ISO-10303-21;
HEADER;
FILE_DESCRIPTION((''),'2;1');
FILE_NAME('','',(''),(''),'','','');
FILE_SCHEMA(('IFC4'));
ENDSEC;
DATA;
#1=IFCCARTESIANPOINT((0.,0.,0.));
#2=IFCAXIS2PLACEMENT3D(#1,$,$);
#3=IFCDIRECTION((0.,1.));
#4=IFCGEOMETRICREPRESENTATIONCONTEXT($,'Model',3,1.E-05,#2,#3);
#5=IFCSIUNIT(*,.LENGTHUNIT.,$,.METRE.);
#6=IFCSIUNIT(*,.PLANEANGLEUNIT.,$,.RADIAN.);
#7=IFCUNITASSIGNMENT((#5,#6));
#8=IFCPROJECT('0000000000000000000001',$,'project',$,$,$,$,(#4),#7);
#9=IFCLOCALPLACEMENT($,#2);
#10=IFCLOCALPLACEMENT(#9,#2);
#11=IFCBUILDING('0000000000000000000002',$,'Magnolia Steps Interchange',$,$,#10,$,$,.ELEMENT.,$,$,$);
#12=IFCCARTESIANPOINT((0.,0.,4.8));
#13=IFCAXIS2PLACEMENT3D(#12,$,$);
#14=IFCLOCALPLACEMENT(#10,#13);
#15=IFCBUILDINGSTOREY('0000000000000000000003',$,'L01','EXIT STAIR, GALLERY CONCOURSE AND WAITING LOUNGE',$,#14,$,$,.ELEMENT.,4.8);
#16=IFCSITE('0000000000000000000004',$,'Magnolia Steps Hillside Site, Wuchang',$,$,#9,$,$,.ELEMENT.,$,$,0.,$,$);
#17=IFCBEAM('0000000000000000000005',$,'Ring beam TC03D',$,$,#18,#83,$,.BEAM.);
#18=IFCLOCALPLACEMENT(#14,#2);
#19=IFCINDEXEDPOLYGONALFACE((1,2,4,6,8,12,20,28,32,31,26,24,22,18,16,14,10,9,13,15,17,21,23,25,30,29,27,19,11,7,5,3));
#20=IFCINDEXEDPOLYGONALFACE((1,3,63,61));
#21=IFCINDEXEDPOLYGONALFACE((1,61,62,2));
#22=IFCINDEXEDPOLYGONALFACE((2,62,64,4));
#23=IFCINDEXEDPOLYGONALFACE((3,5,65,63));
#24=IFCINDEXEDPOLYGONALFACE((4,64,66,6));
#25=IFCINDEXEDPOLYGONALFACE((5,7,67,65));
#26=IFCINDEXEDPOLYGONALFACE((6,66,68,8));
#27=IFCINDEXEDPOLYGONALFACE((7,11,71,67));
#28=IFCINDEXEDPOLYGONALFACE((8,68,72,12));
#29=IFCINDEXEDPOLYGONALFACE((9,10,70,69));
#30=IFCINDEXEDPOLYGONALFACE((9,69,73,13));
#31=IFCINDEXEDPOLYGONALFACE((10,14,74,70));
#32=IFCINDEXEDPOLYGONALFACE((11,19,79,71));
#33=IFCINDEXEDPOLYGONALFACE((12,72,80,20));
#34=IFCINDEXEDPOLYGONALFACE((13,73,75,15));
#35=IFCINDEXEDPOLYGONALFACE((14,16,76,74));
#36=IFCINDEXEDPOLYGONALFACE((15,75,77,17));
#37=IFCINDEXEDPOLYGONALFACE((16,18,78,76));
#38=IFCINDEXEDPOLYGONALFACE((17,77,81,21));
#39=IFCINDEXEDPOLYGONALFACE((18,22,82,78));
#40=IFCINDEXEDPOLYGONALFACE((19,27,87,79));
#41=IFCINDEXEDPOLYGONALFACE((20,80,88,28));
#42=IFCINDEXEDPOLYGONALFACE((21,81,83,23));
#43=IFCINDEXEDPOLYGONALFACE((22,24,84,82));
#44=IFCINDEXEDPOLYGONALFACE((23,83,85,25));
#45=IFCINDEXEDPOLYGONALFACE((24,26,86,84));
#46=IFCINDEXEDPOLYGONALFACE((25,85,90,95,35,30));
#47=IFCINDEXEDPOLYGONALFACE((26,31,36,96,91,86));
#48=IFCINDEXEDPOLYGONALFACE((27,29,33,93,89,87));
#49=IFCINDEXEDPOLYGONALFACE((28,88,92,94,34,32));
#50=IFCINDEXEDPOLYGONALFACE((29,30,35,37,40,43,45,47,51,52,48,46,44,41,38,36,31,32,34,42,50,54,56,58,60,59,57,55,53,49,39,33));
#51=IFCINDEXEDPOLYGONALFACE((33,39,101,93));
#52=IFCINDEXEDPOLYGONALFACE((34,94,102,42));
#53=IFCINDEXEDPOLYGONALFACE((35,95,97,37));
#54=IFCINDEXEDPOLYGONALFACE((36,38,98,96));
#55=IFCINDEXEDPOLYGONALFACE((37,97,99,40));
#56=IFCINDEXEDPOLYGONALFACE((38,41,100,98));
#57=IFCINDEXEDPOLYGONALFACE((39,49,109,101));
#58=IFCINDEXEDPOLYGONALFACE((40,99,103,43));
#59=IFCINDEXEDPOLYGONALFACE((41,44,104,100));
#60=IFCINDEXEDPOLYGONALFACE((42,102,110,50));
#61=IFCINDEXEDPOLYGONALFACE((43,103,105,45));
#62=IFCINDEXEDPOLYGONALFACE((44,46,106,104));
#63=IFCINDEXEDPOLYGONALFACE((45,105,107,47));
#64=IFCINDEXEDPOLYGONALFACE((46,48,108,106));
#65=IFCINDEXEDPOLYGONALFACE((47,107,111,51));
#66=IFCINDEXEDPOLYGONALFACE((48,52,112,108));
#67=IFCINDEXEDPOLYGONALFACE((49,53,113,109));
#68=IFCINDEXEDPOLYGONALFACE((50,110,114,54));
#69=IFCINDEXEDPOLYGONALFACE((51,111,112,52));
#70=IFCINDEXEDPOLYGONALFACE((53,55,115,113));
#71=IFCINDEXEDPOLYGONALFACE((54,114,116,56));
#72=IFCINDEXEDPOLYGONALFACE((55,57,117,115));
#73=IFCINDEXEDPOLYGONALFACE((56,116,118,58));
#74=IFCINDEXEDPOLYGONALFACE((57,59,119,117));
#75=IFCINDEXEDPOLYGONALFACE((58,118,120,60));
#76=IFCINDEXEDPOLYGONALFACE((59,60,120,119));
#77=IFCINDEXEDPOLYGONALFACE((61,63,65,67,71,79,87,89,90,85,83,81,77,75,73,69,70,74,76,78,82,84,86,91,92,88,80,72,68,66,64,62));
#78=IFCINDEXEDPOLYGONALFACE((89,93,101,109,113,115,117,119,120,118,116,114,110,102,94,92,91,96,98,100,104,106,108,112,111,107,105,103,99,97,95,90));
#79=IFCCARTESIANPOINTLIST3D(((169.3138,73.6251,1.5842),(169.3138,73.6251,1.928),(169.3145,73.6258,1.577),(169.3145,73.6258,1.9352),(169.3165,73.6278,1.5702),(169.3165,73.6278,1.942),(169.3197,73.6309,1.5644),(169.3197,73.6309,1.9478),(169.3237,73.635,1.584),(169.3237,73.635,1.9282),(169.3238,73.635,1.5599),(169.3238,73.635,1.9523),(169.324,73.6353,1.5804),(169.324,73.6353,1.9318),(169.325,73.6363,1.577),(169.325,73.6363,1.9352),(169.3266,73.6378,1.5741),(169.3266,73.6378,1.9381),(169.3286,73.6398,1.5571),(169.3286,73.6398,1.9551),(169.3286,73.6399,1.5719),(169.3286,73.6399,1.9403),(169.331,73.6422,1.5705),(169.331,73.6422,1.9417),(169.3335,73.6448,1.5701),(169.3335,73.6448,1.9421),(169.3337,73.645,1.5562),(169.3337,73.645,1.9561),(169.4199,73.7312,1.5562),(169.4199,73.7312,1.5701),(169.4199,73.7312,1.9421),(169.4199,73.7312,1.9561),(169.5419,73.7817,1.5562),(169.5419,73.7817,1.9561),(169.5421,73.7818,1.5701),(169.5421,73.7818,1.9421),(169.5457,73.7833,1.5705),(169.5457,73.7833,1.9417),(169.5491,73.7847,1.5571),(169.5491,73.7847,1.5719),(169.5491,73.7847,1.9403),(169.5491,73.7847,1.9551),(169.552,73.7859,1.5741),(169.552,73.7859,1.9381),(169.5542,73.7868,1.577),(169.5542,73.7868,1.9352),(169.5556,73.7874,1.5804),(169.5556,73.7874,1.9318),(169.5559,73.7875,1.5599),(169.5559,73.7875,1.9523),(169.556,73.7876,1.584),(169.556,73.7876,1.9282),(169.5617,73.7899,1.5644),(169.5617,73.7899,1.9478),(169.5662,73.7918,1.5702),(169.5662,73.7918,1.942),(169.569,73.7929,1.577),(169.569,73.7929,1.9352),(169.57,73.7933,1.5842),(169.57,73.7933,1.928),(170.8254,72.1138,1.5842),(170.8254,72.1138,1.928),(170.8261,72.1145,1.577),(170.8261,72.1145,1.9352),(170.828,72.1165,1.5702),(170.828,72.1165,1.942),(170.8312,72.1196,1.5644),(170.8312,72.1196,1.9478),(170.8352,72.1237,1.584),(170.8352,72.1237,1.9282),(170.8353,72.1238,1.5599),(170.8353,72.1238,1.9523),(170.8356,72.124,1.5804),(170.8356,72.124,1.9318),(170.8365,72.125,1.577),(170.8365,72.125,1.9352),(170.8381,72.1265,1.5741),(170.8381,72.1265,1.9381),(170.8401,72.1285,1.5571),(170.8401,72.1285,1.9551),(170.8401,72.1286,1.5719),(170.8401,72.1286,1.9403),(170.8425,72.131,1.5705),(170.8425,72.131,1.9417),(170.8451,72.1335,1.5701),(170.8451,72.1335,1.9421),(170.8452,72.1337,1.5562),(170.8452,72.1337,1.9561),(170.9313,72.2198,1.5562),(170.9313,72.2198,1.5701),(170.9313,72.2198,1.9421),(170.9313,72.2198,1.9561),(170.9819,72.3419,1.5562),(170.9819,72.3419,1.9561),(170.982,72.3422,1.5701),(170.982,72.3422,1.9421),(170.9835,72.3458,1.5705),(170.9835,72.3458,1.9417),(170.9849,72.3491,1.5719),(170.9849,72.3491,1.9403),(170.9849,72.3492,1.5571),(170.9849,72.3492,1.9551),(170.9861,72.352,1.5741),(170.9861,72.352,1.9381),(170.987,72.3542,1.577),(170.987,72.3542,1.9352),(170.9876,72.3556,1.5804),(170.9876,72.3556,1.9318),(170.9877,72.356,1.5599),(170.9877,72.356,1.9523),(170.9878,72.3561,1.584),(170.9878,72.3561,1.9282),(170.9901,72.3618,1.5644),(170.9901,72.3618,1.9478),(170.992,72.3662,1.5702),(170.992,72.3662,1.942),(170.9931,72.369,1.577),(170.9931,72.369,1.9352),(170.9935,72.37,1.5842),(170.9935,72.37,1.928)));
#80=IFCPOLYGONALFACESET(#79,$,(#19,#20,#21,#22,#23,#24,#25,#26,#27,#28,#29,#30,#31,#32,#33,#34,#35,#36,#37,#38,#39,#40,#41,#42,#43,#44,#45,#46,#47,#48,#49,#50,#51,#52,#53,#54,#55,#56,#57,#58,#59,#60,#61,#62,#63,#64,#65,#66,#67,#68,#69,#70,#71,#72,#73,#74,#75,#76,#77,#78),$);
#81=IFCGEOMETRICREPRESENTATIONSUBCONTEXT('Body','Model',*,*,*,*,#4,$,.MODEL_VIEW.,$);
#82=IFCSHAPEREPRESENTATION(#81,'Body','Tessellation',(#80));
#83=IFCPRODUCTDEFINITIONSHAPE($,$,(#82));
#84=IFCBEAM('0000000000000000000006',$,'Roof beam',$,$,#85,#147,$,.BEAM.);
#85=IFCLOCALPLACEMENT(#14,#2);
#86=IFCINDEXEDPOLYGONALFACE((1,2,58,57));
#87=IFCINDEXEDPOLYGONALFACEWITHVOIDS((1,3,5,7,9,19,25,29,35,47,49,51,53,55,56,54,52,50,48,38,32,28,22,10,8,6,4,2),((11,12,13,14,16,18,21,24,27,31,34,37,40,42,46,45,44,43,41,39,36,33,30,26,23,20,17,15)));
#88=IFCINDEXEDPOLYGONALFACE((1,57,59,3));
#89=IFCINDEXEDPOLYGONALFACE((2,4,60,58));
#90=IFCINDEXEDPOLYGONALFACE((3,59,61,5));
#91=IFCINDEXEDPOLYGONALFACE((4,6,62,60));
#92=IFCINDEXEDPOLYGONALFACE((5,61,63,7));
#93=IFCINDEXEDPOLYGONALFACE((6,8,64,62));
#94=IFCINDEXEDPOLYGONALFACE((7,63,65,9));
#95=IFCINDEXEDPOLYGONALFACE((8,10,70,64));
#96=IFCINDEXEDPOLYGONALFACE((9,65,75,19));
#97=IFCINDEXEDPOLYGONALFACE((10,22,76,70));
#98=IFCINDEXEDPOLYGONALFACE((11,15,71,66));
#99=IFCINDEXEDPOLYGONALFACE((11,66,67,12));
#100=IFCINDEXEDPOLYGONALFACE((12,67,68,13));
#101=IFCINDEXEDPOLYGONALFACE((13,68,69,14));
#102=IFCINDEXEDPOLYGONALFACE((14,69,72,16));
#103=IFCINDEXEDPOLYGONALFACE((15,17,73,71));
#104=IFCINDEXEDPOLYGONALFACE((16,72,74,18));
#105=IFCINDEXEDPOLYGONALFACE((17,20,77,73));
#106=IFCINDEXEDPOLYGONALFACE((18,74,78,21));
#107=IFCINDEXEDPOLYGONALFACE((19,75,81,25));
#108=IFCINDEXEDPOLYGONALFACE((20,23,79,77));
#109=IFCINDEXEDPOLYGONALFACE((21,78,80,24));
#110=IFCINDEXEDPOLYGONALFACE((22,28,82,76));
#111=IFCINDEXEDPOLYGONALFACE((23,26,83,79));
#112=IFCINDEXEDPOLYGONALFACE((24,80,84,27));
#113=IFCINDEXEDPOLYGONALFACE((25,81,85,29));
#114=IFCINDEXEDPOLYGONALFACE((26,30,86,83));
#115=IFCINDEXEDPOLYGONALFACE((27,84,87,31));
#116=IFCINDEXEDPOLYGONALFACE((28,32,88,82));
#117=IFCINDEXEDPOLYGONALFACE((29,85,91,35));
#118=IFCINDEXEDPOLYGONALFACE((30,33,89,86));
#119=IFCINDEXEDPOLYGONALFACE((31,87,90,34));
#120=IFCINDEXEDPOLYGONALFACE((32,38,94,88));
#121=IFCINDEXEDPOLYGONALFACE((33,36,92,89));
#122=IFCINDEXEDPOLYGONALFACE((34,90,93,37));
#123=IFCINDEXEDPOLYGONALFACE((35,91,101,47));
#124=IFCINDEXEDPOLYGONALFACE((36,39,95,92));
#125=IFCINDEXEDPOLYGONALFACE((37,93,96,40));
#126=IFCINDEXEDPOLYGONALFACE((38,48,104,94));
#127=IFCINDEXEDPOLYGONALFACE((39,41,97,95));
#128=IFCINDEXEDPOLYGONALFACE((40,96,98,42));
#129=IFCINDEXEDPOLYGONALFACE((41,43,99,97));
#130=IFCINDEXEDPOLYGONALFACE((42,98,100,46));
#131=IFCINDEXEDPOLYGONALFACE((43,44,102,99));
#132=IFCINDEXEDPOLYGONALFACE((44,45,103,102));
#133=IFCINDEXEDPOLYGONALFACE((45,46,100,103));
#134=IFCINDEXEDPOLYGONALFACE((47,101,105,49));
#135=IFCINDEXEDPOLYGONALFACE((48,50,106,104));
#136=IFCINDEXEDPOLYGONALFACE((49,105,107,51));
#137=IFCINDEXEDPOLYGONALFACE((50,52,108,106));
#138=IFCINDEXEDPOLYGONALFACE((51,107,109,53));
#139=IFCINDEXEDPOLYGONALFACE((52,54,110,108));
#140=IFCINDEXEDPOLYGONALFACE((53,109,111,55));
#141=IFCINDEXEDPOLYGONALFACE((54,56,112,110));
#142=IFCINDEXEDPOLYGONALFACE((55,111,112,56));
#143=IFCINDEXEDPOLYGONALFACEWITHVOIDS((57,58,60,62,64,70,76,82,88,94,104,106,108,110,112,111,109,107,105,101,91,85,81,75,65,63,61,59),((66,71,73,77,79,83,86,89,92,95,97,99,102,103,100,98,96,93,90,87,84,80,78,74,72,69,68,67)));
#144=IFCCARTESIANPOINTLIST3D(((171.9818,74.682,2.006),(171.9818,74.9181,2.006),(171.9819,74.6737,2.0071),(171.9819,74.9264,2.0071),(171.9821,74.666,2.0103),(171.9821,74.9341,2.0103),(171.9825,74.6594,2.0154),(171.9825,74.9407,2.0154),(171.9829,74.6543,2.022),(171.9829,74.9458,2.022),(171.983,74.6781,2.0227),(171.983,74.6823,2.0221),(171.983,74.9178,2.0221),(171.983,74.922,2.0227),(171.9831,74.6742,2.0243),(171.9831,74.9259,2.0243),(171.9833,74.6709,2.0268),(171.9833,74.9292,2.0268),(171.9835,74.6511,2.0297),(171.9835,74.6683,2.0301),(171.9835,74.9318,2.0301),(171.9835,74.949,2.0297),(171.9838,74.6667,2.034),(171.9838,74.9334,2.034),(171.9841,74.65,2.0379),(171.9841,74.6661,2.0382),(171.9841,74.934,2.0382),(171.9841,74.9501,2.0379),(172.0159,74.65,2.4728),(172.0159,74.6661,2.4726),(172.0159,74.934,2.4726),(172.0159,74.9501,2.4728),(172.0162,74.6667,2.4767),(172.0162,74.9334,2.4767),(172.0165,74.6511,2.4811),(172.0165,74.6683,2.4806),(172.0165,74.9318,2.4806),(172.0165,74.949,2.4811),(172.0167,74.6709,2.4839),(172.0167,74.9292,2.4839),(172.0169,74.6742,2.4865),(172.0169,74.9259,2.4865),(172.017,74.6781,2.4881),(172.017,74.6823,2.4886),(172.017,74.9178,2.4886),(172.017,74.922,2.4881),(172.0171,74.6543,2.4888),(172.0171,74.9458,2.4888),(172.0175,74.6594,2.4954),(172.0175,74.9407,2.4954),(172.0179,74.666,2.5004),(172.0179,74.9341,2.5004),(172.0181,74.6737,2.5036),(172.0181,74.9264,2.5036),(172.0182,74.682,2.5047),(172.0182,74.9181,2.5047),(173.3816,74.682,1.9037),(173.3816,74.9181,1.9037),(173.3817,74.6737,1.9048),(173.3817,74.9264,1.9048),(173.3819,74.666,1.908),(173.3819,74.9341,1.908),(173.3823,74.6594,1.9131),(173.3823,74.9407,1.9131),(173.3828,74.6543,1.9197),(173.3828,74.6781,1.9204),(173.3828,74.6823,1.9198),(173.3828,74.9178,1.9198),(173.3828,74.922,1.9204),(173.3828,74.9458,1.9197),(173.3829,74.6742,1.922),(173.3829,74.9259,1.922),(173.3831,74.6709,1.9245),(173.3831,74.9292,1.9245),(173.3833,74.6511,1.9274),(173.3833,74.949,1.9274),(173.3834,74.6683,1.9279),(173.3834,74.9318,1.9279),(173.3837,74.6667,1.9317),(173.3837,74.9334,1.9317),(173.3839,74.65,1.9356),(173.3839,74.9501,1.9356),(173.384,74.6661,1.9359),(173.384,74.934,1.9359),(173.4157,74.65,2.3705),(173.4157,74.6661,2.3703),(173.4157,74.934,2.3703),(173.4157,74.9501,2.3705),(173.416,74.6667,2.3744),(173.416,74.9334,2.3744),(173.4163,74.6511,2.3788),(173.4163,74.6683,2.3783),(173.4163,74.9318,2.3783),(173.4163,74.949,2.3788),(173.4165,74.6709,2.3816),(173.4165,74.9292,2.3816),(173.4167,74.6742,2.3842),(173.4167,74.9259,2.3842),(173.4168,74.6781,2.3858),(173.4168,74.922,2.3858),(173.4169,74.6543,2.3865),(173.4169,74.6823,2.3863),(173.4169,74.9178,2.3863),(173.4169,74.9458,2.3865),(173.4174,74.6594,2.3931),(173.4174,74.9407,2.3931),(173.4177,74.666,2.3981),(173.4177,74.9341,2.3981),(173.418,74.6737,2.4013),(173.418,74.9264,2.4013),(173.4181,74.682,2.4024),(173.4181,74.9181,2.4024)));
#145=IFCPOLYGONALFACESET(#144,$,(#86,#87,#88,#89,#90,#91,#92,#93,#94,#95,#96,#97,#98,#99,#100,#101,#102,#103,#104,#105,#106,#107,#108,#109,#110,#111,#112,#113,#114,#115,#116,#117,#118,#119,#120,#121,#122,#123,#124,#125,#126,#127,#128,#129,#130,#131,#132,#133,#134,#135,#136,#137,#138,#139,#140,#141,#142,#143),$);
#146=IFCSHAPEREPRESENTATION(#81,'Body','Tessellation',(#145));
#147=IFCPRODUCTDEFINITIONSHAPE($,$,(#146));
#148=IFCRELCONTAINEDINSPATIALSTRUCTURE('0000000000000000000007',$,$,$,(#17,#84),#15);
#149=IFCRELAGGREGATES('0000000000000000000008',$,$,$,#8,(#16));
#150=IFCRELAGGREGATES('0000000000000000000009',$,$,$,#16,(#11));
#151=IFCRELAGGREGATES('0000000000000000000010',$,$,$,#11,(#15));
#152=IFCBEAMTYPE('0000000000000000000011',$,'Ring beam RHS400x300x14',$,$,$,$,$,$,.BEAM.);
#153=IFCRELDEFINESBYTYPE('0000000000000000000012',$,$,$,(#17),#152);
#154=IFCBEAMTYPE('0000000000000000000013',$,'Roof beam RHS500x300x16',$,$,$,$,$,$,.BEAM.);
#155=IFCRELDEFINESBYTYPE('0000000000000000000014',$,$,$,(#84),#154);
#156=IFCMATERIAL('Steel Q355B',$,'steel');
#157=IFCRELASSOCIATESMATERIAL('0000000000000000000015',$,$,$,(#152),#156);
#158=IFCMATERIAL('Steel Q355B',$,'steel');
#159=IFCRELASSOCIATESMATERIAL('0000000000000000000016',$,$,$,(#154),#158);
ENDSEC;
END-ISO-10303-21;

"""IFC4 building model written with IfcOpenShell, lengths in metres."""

from ifc_helpers import new_model, si_unit, direction, frame, origin, origin_2d, place, context, subcontext, project, spatial, hollow_rectangle, extrude, clip, halfspace, material, material_profile, profile_set, type_object, element, save


model = new_model("IFC4")

# Units and contexts
model_context = context("Model", 3, precision=1e-05, world=origin(), true_north=direction((0.0, 1.0)))
body_context = subcontext(model_context, "Body", "Model", "MODEL_VIEW")
ifc_project = project(units=[si_unit("LENGTHUNIT", "METRE"), si_unit("PLANEANGLEUNIT", "RADIAN")], contexts=[model_context])

# Site, building, storey
site_placement = place(None, origin())
site = spatial("IfcSite", under=ifc_project, at=site_placement, Name="Magnolia Steps Hillside Site, Wuchang", CompositionType="ELEMENT", RefElevation=0.0)
building_placement = place(site_placement, origin())
building = spatial("IfcBuilding", under=site, at=building_placement, Name="Magnolia Steps Interchange", CompositionType="ELEMENT")
storey_placement = place(building_placement, frame((0.0, 0.0, 4.8)))
storey = spatial("IfcBuildingStorey", under=building, at=storey_placement, Name="L01", Description="EXIT STAIR, GALLERY CONCOURSE AND WAITING LOUNGE", CompositionType="ELEMENT", Elevation=4.8)

# Beams
ifc_material_1 = material(Name="Steel Q355B", Category="steel")
ifc_material_profile_1 = material_profile(ifc_material_1, hollow_rectangle(XDim=0.3, YDim=0.3999, WallThickness=0.0139, InnerFilletRadius=0.0139, OuterFilletRadius=0.0281, at=origin_2d()), Name="RHS400x300x14")
ifc_profile_set_1 = profile_set([ifc_material_profile_1], Name="Steel Q355B")
beam_type_1 = type_object("IfcBeamType", Name="Ring beam RHS400x300x14", PredefinedType="BEAM", material=ifc_profile_set_1)
beam_1_placement = place(storey_placement, frame((169.4199, 73.7312, 1.7561), z_axis=(0.707164, -0.70705, 0.0), x_axis=(0.70705, 0.707164, 0.0)))
element("IfcBeam", 1, at=beam_1_placement, inside=storey, type_object=beam_type_1, Name="Ring beam TC03D", PredefinedType="BEAM", context=body_context, shape_type="Clipping", body=[
    clip(clip(extrude(hollow_rectangle(XDim=0.3, YDim=0.3999, WallThickness=0.0139, InnerFilletRadius=0.0139, OuterFilletRadius=0.0281, at=origin_2d()), origin(), (0.0, 0.0, 1.0), 2.1375), halfspace(frame((0.0, 0.0, 0.0), z_axis=(0.382758, 0.0, -0.923849), x_axis=(0.923849, 0.0, 0.382758)), False)), halfspace(frame((0.0, 0.0, 2.1374), z_axis=(0.382609, 0.0, 0.92391), x_axis=(0.92391, 0.0, -0.382609)), False)),
])
ifc_material_2 = material(Name="Steel Q355B", Category="steel")
ifc_material_profile_2 = material_profile(ifc_material_2, hollow_rectangle(XDim=0.3, YDim=0.5, WallThickness=0.0161, InnerFilletRadius=0.0161, OuterFilletRadius=0.032, at=origin_2d()), Name="RHS500x300x16")
ifc_profile_set_2 = profile_set([ifc_material_profile_2], Name="Steel Q355B")
beam_type_2 = type_object("IfcBeamType", Name="Roof beam RHS500x300x16", PredefinedType="BEAM", material=ifc_profile_set_2)
beam_2_placement = place(storey_placement, frame((172.0, 74.8, 2.2554), z_axis=(0.997341, 0.0, -0.072879), x_axis=(0.0, 1.0, 0.0)))
element("IfcBeam", 2, at=beam_2_placement, inside=storey, type_object=beam_type_2, Name="Roof beam", PredefinedType="BEAM", context=body_context, shape_type="SweptSolid", body=[
    extrude(hollow_rectangle(XDim=0.3, YDim=0.5, WallThickness=0.0161, InnerFilletRadius=0.0161, OuterFilletRadius=0.032, at=origin_2d()), origin(), (0.0, 0.0, 1.0), 1.4036),
])

save(model, "model.ifc")
